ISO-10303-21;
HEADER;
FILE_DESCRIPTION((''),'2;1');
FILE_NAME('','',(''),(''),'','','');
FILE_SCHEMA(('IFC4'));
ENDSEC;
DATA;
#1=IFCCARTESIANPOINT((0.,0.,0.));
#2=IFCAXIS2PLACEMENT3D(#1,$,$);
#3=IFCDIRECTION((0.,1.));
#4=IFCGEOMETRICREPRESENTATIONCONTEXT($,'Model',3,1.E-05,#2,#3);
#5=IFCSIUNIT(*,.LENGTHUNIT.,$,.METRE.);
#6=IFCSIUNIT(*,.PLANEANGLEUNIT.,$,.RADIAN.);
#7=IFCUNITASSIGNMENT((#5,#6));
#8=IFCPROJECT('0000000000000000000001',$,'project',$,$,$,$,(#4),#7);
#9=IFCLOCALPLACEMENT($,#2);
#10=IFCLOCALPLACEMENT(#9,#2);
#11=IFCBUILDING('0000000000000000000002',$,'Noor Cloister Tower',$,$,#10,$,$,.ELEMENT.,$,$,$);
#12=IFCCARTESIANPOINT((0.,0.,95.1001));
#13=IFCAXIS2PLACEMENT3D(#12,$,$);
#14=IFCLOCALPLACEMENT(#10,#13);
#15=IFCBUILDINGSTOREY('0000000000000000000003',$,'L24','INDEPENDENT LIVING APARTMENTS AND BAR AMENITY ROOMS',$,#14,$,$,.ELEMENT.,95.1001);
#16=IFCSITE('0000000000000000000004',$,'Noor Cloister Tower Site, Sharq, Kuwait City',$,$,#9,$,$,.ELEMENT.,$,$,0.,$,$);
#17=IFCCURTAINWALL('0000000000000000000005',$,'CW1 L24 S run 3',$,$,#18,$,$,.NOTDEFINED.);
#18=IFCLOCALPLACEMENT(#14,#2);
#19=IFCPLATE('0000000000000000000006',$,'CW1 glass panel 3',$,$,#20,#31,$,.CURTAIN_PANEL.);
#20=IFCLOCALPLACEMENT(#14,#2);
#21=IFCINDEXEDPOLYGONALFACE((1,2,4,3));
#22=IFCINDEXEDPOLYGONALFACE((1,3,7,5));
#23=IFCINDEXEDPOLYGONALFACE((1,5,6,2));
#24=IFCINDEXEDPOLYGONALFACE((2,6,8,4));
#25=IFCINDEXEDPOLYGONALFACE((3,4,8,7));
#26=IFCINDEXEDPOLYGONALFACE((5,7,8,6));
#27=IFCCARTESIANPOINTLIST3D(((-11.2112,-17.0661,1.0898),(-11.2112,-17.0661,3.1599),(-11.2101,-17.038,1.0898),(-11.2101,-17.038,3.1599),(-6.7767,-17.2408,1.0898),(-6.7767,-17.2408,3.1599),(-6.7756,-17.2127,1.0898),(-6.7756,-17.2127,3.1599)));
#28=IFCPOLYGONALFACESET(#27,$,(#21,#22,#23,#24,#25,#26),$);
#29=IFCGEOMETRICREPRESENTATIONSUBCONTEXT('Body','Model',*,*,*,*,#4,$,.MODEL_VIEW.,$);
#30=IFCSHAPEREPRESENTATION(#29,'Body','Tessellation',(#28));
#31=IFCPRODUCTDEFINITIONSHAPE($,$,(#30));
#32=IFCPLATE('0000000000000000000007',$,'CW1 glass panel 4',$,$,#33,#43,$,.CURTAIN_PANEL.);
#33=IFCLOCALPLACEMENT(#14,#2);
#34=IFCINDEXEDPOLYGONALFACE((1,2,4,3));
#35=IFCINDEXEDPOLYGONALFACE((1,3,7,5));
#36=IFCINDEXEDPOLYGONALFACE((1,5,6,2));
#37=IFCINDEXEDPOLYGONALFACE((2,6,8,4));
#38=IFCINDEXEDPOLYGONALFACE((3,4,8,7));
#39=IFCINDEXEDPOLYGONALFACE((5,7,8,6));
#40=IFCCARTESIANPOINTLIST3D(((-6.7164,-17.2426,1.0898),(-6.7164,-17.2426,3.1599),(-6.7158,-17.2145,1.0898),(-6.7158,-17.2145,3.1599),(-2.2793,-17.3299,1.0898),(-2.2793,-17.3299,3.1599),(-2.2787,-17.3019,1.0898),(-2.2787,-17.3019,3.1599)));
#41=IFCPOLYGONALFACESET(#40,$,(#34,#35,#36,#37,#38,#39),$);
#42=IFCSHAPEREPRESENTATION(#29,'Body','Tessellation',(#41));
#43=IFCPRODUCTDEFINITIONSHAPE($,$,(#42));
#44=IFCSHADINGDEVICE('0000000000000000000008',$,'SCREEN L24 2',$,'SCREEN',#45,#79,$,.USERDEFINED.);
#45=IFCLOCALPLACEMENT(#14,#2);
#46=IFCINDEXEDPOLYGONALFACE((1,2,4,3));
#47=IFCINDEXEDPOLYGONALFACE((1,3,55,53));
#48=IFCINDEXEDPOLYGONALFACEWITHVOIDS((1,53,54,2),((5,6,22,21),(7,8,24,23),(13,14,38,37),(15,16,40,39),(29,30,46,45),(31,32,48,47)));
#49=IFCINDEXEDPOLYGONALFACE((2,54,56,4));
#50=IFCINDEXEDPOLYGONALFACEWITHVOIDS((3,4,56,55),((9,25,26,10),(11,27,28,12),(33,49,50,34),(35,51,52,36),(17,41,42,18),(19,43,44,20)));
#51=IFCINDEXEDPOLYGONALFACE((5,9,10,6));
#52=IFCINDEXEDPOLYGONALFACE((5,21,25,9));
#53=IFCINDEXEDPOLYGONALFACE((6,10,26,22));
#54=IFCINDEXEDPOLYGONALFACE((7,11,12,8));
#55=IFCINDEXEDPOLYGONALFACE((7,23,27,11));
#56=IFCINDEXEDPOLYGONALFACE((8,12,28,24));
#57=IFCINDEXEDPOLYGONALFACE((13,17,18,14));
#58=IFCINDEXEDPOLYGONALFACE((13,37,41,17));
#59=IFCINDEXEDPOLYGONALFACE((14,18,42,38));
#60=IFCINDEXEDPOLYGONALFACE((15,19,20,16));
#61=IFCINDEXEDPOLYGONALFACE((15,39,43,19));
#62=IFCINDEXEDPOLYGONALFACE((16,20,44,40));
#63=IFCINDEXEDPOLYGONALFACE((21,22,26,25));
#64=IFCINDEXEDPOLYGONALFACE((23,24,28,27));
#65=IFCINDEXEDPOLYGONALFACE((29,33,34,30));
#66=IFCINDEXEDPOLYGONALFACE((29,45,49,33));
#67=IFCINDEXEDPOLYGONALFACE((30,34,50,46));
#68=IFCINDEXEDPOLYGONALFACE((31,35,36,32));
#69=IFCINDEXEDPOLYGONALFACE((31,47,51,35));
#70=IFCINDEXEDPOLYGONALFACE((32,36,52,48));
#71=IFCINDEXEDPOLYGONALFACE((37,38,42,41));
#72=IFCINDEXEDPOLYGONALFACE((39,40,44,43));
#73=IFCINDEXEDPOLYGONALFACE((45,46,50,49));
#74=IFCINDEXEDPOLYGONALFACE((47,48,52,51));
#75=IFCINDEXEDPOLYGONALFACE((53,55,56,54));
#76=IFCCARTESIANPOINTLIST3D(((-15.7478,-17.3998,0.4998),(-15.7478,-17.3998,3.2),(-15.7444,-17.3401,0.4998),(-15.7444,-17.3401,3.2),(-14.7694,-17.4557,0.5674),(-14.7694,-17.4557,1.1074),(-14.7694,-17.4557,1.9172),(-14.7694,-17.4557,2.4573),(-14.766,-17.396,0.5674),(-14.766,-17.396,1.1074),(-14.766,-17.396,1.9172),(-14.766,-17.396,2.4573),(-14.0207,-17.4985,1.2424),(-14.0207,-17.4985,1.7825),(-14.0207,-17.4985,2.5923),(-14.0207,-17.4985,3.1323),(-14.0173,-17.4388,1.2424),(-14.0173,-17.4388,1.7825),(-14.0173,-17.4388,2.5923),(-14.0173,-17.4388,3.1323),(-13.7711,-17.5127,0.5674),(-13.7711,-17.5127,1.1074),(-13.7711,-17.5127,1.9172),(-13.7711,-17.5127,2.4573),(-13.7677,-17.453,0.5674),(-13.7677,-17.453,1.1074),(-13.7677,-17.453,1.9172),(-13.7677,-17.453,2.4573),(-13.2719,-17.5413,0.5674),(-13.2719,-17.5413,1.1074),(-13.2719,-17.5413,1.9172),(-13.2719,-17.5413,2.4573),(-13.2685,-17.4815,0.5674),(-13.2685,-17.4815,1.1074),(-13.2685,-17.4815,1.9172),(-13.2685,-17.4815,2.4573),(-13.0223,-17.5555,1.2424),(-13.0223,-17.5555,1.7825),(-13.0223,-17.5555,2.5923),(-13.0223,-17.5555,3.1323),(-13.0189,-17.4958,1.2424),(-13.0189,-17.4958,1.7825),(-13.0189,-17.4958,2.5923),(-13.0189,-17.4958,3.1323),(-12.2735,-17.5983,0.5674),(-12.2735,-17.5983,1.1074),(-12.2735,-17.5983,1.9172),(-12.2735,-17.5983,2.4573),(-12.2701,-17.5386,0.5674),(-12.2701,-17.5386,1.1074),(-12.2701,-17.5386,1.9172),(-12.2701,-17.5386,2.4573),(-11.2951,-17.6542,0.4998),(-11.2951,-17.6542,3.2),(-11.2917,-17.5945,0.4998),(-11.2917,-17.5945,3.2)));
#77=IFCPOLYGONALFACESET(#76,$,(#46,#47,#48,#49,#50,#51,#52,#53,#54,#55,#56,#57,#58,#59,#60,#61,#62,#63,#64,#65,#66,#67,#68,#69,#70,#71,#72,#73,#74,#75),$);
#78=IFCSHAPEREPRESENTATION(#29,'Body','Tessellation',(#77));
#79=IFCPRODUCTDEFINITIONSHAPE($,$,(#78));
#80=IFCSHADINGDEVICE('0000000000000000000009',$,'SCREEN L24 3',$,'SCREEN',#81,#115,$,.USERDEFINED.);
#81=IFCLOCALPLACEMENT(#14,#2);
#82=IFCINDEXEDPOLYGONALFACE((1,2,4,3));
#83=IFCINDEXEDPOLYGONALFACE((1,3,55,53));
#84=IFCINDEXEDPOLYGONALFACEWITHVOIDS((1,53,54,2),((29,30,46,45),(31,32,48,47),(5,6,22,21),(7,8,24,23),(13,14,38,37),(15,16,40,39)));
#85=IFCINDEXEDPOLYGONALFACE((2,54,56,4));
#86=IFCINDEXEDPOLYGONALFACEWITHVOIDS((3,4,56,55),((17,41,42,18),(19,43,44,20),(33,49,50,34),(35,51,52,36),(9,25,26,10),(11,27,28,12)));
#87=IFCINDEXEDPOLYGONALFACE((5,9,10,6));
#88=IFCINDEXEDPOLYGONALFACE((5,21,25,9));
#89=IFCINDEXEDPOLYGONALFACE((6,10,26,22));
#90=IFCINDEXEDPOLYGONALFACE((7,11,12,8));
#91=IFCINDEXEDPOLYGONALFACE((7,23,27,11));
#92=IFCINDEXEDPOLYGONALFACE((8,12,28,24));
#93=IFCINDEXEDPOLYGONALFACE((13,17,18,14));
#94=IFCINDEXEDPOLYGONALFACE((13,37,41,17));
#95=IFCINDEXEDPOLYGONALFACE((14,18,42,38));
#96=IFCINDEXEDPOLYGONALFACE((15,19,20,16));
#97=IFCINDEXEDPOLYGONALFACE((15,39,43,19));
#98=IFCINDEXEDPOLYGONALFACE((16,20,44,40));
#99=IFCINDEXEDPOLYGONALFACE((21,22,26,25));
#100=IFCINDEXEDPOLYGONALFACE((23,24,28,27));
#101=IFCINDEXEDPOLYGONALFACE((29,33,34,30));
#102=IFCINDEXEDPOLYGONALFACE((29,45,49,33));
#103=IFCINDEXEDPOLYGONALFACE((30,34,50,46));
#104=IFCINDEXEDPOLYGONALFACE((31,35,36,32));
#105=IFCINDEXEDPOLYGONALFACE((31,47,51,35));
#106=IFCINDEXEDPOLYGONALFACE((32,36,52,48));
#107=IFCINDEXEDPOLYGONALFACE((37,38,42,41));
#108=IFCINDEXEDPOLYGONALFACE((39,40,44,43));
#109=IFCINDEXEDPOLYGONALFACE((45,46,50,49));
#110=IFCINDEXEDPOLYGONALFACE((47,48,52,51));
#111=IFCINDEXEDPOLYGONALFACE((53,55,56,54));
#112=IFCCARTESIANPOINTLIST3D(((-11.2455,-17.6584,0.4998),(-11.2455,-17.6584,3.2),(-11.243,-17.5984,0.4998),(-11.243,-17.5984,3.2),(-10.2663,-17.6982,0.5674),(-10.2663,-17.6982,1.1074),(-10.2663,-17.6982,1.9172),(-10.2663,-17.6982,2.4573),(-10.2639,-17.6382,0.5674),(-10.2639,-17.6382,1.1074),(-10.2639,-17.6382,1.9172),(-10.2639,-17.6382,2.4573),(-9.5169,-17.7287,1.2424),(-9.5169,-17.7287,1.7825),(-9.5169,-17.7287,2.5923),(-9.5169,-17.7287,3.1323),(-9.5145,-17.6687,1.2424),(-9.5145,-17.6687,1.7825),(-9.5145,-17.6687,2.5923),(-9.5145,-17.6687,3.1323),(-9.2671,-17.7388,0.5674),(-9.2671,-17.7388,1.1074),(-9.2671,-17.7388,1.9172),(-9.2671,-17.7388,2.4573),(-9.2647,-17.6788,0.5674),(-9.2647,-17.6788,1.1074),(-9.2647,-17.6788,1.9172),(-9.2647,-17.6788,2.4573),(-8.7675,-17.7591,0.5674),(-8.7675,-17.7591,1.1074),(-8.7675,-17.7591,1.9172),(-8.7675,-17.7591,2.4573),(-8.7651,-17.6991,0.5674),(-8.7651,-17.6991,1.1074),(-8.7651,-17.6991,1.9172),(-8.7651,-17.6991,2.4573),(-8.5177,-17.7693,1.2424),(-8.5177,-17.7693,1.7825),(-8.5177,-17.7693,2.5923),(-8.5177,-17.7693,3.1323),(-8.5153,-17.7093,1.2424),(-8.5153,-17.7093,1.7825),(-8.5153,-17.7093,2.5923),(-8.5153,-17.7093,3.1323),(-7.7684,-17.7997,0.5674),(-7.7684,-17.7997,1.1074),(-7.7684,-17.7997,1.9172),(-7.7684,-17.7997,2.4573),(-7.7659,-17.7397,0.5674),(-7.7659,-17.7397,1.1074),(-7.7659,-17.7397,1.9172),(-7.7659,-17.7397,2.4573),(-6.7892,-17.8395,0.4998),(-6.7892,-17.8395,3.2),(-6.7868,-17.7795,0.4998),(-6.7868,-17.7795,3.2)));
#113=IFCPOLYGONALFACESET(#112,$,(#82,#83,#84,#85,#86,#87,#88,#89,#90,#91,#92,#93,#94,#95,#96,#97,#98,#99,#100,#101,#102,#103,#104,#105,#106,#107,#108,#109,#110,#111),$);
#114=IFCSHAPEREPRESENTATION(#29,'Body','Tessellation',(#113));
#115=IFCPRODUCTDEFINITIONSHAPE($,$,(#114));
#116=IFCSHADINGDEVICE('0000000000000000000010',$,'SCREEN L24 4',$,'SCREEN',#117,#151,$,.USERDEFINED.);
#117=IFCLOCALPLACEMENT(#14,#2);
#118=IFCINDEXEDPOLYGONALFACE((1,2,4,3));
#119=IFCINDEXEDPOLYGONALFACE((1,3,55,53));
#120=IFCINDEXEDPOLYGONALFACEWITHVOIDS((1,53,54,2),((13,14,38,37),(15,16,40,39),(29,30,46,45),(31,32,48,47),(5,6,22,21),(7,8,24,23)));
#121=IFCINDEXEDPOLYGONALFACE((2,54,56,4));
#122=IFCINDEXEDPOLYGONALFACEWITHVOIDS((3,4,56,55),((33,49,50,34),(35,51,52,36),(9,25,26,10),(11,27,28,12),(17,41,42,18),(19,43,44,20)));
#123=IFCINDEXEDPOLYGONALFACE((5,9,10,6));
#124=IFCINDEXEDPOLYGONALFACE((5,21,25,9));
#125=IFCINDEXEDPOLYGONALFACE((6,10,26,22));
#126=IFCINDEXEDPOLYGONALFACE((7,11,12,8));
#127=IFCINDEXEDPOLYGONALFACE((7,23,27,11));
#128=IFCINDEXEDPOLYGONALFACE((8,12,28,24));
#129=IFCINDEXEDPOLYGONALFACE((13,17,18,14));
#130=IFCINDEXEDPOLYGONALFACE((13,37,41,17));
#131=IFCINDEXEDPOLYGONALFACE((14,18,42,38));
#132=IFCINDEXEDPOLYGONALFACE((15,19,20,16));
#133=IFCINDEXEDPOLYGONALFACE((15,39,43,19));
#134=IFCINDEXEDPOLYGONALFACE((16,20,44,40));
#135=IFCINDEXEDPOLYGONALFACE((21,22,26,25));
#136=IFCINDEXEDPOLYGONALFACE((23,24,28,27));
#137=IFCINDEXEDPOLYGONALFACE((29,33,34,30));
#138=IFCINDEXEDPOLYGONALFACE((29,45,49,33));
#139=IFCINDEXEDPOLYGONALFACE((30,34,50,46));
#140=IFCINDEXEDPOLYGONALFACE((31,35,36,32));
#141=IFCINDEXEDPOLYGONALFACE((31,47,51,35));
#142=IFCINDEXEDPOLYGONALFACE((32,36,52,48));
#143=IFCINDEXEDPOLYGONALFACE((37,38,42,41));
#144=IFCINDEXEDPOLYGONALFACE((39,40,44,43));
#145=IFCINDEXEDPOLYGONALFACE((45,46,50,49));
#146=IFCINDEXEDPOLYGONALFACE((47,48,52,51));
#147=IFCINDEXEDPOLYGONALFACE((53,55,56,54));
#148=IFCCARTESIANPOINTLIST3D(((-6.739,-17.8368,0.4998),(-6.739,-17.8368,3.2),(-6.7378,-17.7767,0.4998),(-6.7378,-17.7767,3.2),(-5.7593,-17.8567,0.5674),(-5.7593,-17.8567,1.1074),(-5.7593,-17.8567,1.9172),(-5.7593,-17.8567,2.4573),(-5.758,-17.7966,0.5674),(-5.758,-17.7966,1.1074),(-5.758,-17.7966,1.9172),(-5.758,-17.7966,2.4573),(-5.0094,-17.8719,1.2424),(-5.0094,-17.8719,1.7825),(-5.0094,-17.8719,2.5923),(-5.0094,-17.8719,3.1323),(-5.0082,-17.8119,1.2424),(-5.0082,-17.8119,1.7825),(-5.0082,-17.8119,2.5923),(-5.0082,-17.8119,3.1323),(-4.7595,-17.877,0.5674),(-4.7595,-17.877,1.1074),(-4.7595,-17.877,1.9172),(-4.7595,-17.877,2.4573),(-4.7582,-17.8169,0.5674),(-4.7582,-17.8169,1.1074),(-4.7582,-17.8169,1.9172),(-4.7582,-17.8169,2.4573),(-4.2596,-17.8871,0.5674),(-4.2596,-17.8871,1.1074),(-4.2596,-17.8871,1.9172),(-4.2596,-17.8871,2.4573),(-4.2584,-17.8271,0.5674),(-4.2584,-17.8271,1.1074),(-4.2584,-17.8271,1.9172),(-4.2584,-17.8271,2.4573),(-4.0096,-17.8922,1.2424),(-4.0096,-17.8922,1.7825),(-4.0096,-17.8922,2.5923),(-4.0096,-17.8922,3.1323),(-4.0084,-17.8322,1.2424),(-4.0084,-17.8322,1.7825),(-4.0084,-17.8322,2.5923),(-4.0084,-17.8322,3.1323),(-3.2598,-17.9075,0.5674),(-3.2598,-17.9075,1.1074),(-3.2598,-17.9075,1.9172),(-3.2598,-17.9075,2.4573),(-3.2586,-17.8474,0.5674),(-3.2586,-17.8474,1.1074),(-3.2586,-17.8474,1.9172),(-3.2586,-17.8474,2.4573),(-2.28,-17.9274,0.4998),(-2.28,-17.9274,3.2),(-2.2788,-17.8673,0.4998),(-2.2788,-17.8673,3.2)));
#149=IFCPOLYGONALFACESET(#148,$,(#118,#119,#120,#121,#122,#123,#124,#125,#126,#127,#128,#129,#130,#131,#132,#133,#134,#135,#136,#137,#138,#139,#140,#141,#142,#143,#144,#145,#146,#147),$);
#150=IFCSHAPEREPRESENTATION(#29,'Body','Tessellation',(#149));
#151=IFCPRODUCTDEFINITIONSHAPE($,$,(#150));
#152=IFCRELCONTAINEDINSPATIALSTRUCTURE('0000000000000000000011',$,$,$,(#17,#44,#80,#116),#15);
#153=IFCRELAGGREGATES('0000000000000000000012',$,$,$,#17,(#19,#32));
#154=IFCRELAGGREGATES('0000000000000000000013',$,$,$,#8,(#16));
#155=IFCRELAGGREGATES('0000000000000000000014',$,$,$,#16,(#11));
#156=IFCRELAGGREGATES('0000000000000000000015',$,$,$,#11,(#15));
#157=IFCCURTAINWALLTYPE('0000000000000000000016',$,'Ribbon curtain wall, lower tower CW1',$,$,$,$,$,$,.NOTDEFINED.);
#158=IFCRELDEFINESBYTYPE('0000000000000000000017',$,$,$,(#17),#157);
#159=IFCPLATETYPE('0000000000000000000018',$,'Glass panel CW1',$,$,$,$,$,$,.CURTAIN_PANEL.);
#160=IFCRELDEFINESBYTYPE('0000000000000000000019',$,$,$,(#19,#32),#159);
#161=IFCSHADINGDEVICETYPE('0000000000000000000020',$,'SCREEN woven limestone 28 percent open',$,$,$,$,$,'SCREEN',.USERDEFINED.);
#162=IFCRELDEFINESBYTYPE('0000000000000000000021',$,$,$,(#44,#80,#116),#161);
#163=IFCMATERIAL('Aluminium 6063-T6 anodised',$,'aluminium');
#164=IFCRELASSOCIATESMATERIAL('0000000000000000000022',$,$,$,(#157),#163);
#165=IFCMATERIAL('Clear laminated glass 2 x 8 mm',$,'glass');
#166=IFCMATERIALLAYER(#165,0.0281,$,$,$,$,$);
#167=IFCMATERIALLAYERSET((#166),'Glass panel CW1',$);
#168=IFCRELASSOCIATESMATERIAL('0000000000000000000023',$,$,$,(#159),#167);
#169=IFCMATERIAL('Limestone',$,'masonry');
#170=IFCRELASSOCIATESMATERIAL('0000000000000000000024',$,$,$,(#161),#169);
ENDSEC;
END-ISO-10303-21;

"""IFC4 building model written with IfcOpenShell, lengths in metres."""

from ifc_helpers import new_model, si_unit, direction, frame, origin, origin_2d, place, context, subcontext, project, spatial, polyline, rectangle, outline, extrude, material, layer, layer_set, material_profile, profile_set, type_object, element, aggregate, save


model = new_model("IFC4")

# Units and contexts
model_context = context("Model", 3, precision=1e-05, world=origin(), true_north=direction((0.0, 1.0)))
body_context = subcontext(model_context, "Body", "Model", "MODEL_VIEW")
ifc_project = project(units=[si_unit("LENGTHUNIT", "METRE"), si_unit("PLANEANGLEUNIT", "RADIAN")], contexts=[model_context])

# Site, building, storey
site_placement = place(None, origin())
site = spatial("IfcSite", under=ifc_project, at=site_placement, Name="Noor Cloister Tower Site, Sharq, Kuwait City", CompositionType="ELEMENT", RefElevation=0.0)
building_placement = place(site_placement, origin())
building = spatial("IfcBuilding", under=site, at=building_placement, Name="Noor Cloister Tower", CompositionType="ELEMENT")
storey_placement = place(building_placement, frame((0.0, 0.0, 95.1001)))
storey = spatial("IfcBuildingStorey", under=building, at=storey_placement, Name="L24", Description="INDEPENDENT LIVING APARTMENTS AND BAR AMENITY ROOMS", CompositionType="ELEMENT", Elevation=95.1001)

# Curtain wall
ifc_material_1 = material(Name="Aluminium 6063-T6 anodised", Category="aluminium")
curtain_wall_type = type_object("IfcCurtainWallType", Name="Ribbon curtain wall, lower tower CW1", PredefinedType="NOTDEFINED", material=ifc_material_1)
curtain_wall_placement = place(storey_placement, origin())
curtain_wall = element("IfcCurtainWall", 1, at=curtain_wall_placement, inside=storey, type_object=curtain_wall_type, Name="CW1 L24 S run 3", PredefinedType="NOTDEFINED")

# Plates
ifc_material_2 = material(Name="Clear laminated glass 2 x 8 mm", Category="glass")
ifc_layer = layer(ifc_material_2, 0.0281)
ifc_layer_set = layer_set([ifc_layer], Name="Glass panel CW1")
plate_type = type_object("IfcPlateType", Name="Glass panel CW1", PredefinedType="CURTAIN_PANEL", material=ifc_layer_set)
plate_1_placement = place(storey_placement, frame((-8.9934, -17.1394, 1.0898), z_axis=(0.0, 0.0, 1.0), x_axis=(0.999225, -0.039356, 0.0)))
plate_1 = element("IfcPlate", 2, at=plate_1_placement, type_object=plate_type, Name="CW1 glass panel 3", PredefinedType="CURTAIN_PANEL", context=body_context, shape_type="SweptSolid", body=[
    extrude(rectangle(XDim=4.438, YDim=0.0281, at=origin_2d()), origin(), (0.0, 0.0, 1.0), 2.0701),
])
plate_2_placement = place(storey_placement, frame((-4.4976, -17.2722, 1.0898), z_axis=(0.0, 0.0, 1.0), x_axis=(0.999806, -0.019682, 0.0)))
plate_2 = element("IfcPlate", 3, at=plate_2_placement, type_object=plate_type, Name="CW1 glass panel 4", PredefinedType="CURTAIN_PANEL", context=body_context, shape_type="SweptSolid", body=[
    extrude(rectangle(XDim=4.438, YDim=0.0281, at=origin_2d()), origin(), (0.0, 0.0, 1.0), 2.0701),
])
aggregate(curtain_wall, [plate_1, plate_2])

# Shading devices
ifc_material_3 = material(Name="Limestone", Category="masonry")
ifc_material_profile_1 = material_profile(ifc_material_3, outline(polyline([(-2.23, -1.3501), (2.23, -1.3501), (2.23, 1.3501), (-2.23, 1.3501), (-2.23, -1.3501)]), holes=[polyline([(-1.25, -1.2825), (-0.25, -1.2825), (-0.25, -0.7424), (-1.25, -0.7424), (-1.25, -1.2825)]), polyline([(0.25, -1.2825), (1.25, -1.2825), (1.25, -0.7424), (0.25, -0.7424), (0.25, -1.2825)]), polyline([(-0.5, -0.6074), (0.5, -0.6074), (0.5, -0.0674), (-0.5, -0.0674), (-0.5, -0.6074)]), polyline([(-1.25, 0.0674), (-0.25, 0.0674), (-0.25, 0.6074), (-1.25, 0.6074), (-1.25, 0.0674)]), polyline([(0.25, 0.0674), (1.25, 0.0674), (1.25, 0.6074), (0.25, 0.6074), (0.25, 0.0674)]), polyline([(-0.5, 0.7424), (0.5, 0.7424), (0.5, 1.2825), (-0.5, 1.2825), (-0.5, 0.7424)])]), Name="Woven screen 28 percent open")
ifc_profile_set_1 = profile_set([ifc_material_profile_1], Name="Limestone")
shading_device_type = type_object("IfcShadingDeviceType", Name="SCREEN woven limestone 28 percent open", ElementType="SCREEN", PredefinedType="USERDEFINED", material=ifc_profile_set_1)
shading_device_placement = place(storey_placement, frame((-13.5181, -17.4673, 1.8499), z_axis=(-0.05705, -0.998371, 0.0), x_axis=(0.998371, -0.05705, 0.0)))
element("IfcShadingDevice", 4, at=shading_device_placement, inside=storey, type_object=shading_device_type, Name="SCREEN L24 2", ObjectType="SCREEN", PredefinedType="USERDEFINED", context=body_context, shape_type="SweptSolid", body=[
    extrude(outline(polyline([(-2.23, -1.3501), (2.23, -1.3501), (2.23, 1.3501), (-2.23, 1.3501), (-2.23, -1.3501)]), holes=[polyline([(-1.25, -1.2825), (-0.25, -1.2825), (-0.25, -0.7424), (-1.25, -0.7424), (-1.25, -1.2825)]), polyline([(0.25, -1.2825), (1.25, -1.2825), (1.25, -0.7424), (0.25, -0.7424), (0.25, -1.2825)]), polyline([(-0.5, -0.6074), (0.5, -0.6074), (0.5, -0.0674), (-0.5, -0.0674), (-0.5, -0.6074)]), polyline([(-1.25, 0.0674), (-0.25, 0.0674), (-0.25, 0.6074), (-1.25, 0.6074), (-1.25, 0.0674)]), polyline([(0.25, 0.0674), (1.25, 0.0674), (1.25, 0.6074), (0.25, 0.6074), (0.25, 0.0674)]), polyline([(-0.5, 0.7424), (0.5, 0.7424), (0.5, 1.2825), (-0.5, 1.2825), (-0.5, 0.7424)])]), origin(), (0.0, 0.0, 1.0), 0.0598),
])
for number, where, z_axis, x_axis, name in (
    (5, (-9.0149, -17.689, 1.8499), (-0.040617, -0.999175, 0.0), (0.999175, -0.040617, 0.0), "SCREEN L24 3"),
    (6, (-4.5083, -17.822, 1.8499), (-0.020321, -0.999794, 0.0), (0.999794, -0.020321, 0.0), "SCREEN L24 4"),
):
    element("IfcShadingDevice", number, at=place(storey_placement, frame(where, z_axis=z_axis, x_axis=x_axis)), inside=storey, type_object=shading_device_type, Name=name, ObjectType="SCREEN", PredefinedType="USERDEFINED", context=body_context, shape_type="SweptSolid", body=[
        extrude(outline(polyline([(-2.23, -1.3501), (2.23, -1.3501), (2.23, 1.3501), (-2.23, 1.3501), (-2.23, -1.3501)]), holes=[polyline([(-1.25, -1.2825), (-0.25, -1.2825), (-0.25, -0.7424), (-1.25, -0.7424), (-1.25, -1.2825)]), polyline([(0.25, -1.2825), (1.25, -1.2825), (1.25, -0.7424), (0.25, -0.7424), (0.25, -1.2825)]), polyline([(-0.5, -0.6074), (0.5, -0.6074), (0.5, -0.0674), (-0.5, -0.0674), (-0.5, -0.6074)]), polyline([(-1.25, 0.0674), (-0.25, 0.0674), (-0.25, 0.6074), (-1.25, 0.6074), (-1.25, 0.0674)]), polyline([(0.25, 0.0674), (1.25, 0.0674), (1.25, 0.6074), (0.25, 0.6074), (0.25, 0.0674)]), polyline([(-0.5, 0.7424), (0.5, 0.7424), (0.5, 1.2825), (-0.5, 1.2825), (-0.5, 0.7424)])]), origin(), (0.0, 0.0, 1.0), 0.0601),
    ])

save(model, "model.ifc")
